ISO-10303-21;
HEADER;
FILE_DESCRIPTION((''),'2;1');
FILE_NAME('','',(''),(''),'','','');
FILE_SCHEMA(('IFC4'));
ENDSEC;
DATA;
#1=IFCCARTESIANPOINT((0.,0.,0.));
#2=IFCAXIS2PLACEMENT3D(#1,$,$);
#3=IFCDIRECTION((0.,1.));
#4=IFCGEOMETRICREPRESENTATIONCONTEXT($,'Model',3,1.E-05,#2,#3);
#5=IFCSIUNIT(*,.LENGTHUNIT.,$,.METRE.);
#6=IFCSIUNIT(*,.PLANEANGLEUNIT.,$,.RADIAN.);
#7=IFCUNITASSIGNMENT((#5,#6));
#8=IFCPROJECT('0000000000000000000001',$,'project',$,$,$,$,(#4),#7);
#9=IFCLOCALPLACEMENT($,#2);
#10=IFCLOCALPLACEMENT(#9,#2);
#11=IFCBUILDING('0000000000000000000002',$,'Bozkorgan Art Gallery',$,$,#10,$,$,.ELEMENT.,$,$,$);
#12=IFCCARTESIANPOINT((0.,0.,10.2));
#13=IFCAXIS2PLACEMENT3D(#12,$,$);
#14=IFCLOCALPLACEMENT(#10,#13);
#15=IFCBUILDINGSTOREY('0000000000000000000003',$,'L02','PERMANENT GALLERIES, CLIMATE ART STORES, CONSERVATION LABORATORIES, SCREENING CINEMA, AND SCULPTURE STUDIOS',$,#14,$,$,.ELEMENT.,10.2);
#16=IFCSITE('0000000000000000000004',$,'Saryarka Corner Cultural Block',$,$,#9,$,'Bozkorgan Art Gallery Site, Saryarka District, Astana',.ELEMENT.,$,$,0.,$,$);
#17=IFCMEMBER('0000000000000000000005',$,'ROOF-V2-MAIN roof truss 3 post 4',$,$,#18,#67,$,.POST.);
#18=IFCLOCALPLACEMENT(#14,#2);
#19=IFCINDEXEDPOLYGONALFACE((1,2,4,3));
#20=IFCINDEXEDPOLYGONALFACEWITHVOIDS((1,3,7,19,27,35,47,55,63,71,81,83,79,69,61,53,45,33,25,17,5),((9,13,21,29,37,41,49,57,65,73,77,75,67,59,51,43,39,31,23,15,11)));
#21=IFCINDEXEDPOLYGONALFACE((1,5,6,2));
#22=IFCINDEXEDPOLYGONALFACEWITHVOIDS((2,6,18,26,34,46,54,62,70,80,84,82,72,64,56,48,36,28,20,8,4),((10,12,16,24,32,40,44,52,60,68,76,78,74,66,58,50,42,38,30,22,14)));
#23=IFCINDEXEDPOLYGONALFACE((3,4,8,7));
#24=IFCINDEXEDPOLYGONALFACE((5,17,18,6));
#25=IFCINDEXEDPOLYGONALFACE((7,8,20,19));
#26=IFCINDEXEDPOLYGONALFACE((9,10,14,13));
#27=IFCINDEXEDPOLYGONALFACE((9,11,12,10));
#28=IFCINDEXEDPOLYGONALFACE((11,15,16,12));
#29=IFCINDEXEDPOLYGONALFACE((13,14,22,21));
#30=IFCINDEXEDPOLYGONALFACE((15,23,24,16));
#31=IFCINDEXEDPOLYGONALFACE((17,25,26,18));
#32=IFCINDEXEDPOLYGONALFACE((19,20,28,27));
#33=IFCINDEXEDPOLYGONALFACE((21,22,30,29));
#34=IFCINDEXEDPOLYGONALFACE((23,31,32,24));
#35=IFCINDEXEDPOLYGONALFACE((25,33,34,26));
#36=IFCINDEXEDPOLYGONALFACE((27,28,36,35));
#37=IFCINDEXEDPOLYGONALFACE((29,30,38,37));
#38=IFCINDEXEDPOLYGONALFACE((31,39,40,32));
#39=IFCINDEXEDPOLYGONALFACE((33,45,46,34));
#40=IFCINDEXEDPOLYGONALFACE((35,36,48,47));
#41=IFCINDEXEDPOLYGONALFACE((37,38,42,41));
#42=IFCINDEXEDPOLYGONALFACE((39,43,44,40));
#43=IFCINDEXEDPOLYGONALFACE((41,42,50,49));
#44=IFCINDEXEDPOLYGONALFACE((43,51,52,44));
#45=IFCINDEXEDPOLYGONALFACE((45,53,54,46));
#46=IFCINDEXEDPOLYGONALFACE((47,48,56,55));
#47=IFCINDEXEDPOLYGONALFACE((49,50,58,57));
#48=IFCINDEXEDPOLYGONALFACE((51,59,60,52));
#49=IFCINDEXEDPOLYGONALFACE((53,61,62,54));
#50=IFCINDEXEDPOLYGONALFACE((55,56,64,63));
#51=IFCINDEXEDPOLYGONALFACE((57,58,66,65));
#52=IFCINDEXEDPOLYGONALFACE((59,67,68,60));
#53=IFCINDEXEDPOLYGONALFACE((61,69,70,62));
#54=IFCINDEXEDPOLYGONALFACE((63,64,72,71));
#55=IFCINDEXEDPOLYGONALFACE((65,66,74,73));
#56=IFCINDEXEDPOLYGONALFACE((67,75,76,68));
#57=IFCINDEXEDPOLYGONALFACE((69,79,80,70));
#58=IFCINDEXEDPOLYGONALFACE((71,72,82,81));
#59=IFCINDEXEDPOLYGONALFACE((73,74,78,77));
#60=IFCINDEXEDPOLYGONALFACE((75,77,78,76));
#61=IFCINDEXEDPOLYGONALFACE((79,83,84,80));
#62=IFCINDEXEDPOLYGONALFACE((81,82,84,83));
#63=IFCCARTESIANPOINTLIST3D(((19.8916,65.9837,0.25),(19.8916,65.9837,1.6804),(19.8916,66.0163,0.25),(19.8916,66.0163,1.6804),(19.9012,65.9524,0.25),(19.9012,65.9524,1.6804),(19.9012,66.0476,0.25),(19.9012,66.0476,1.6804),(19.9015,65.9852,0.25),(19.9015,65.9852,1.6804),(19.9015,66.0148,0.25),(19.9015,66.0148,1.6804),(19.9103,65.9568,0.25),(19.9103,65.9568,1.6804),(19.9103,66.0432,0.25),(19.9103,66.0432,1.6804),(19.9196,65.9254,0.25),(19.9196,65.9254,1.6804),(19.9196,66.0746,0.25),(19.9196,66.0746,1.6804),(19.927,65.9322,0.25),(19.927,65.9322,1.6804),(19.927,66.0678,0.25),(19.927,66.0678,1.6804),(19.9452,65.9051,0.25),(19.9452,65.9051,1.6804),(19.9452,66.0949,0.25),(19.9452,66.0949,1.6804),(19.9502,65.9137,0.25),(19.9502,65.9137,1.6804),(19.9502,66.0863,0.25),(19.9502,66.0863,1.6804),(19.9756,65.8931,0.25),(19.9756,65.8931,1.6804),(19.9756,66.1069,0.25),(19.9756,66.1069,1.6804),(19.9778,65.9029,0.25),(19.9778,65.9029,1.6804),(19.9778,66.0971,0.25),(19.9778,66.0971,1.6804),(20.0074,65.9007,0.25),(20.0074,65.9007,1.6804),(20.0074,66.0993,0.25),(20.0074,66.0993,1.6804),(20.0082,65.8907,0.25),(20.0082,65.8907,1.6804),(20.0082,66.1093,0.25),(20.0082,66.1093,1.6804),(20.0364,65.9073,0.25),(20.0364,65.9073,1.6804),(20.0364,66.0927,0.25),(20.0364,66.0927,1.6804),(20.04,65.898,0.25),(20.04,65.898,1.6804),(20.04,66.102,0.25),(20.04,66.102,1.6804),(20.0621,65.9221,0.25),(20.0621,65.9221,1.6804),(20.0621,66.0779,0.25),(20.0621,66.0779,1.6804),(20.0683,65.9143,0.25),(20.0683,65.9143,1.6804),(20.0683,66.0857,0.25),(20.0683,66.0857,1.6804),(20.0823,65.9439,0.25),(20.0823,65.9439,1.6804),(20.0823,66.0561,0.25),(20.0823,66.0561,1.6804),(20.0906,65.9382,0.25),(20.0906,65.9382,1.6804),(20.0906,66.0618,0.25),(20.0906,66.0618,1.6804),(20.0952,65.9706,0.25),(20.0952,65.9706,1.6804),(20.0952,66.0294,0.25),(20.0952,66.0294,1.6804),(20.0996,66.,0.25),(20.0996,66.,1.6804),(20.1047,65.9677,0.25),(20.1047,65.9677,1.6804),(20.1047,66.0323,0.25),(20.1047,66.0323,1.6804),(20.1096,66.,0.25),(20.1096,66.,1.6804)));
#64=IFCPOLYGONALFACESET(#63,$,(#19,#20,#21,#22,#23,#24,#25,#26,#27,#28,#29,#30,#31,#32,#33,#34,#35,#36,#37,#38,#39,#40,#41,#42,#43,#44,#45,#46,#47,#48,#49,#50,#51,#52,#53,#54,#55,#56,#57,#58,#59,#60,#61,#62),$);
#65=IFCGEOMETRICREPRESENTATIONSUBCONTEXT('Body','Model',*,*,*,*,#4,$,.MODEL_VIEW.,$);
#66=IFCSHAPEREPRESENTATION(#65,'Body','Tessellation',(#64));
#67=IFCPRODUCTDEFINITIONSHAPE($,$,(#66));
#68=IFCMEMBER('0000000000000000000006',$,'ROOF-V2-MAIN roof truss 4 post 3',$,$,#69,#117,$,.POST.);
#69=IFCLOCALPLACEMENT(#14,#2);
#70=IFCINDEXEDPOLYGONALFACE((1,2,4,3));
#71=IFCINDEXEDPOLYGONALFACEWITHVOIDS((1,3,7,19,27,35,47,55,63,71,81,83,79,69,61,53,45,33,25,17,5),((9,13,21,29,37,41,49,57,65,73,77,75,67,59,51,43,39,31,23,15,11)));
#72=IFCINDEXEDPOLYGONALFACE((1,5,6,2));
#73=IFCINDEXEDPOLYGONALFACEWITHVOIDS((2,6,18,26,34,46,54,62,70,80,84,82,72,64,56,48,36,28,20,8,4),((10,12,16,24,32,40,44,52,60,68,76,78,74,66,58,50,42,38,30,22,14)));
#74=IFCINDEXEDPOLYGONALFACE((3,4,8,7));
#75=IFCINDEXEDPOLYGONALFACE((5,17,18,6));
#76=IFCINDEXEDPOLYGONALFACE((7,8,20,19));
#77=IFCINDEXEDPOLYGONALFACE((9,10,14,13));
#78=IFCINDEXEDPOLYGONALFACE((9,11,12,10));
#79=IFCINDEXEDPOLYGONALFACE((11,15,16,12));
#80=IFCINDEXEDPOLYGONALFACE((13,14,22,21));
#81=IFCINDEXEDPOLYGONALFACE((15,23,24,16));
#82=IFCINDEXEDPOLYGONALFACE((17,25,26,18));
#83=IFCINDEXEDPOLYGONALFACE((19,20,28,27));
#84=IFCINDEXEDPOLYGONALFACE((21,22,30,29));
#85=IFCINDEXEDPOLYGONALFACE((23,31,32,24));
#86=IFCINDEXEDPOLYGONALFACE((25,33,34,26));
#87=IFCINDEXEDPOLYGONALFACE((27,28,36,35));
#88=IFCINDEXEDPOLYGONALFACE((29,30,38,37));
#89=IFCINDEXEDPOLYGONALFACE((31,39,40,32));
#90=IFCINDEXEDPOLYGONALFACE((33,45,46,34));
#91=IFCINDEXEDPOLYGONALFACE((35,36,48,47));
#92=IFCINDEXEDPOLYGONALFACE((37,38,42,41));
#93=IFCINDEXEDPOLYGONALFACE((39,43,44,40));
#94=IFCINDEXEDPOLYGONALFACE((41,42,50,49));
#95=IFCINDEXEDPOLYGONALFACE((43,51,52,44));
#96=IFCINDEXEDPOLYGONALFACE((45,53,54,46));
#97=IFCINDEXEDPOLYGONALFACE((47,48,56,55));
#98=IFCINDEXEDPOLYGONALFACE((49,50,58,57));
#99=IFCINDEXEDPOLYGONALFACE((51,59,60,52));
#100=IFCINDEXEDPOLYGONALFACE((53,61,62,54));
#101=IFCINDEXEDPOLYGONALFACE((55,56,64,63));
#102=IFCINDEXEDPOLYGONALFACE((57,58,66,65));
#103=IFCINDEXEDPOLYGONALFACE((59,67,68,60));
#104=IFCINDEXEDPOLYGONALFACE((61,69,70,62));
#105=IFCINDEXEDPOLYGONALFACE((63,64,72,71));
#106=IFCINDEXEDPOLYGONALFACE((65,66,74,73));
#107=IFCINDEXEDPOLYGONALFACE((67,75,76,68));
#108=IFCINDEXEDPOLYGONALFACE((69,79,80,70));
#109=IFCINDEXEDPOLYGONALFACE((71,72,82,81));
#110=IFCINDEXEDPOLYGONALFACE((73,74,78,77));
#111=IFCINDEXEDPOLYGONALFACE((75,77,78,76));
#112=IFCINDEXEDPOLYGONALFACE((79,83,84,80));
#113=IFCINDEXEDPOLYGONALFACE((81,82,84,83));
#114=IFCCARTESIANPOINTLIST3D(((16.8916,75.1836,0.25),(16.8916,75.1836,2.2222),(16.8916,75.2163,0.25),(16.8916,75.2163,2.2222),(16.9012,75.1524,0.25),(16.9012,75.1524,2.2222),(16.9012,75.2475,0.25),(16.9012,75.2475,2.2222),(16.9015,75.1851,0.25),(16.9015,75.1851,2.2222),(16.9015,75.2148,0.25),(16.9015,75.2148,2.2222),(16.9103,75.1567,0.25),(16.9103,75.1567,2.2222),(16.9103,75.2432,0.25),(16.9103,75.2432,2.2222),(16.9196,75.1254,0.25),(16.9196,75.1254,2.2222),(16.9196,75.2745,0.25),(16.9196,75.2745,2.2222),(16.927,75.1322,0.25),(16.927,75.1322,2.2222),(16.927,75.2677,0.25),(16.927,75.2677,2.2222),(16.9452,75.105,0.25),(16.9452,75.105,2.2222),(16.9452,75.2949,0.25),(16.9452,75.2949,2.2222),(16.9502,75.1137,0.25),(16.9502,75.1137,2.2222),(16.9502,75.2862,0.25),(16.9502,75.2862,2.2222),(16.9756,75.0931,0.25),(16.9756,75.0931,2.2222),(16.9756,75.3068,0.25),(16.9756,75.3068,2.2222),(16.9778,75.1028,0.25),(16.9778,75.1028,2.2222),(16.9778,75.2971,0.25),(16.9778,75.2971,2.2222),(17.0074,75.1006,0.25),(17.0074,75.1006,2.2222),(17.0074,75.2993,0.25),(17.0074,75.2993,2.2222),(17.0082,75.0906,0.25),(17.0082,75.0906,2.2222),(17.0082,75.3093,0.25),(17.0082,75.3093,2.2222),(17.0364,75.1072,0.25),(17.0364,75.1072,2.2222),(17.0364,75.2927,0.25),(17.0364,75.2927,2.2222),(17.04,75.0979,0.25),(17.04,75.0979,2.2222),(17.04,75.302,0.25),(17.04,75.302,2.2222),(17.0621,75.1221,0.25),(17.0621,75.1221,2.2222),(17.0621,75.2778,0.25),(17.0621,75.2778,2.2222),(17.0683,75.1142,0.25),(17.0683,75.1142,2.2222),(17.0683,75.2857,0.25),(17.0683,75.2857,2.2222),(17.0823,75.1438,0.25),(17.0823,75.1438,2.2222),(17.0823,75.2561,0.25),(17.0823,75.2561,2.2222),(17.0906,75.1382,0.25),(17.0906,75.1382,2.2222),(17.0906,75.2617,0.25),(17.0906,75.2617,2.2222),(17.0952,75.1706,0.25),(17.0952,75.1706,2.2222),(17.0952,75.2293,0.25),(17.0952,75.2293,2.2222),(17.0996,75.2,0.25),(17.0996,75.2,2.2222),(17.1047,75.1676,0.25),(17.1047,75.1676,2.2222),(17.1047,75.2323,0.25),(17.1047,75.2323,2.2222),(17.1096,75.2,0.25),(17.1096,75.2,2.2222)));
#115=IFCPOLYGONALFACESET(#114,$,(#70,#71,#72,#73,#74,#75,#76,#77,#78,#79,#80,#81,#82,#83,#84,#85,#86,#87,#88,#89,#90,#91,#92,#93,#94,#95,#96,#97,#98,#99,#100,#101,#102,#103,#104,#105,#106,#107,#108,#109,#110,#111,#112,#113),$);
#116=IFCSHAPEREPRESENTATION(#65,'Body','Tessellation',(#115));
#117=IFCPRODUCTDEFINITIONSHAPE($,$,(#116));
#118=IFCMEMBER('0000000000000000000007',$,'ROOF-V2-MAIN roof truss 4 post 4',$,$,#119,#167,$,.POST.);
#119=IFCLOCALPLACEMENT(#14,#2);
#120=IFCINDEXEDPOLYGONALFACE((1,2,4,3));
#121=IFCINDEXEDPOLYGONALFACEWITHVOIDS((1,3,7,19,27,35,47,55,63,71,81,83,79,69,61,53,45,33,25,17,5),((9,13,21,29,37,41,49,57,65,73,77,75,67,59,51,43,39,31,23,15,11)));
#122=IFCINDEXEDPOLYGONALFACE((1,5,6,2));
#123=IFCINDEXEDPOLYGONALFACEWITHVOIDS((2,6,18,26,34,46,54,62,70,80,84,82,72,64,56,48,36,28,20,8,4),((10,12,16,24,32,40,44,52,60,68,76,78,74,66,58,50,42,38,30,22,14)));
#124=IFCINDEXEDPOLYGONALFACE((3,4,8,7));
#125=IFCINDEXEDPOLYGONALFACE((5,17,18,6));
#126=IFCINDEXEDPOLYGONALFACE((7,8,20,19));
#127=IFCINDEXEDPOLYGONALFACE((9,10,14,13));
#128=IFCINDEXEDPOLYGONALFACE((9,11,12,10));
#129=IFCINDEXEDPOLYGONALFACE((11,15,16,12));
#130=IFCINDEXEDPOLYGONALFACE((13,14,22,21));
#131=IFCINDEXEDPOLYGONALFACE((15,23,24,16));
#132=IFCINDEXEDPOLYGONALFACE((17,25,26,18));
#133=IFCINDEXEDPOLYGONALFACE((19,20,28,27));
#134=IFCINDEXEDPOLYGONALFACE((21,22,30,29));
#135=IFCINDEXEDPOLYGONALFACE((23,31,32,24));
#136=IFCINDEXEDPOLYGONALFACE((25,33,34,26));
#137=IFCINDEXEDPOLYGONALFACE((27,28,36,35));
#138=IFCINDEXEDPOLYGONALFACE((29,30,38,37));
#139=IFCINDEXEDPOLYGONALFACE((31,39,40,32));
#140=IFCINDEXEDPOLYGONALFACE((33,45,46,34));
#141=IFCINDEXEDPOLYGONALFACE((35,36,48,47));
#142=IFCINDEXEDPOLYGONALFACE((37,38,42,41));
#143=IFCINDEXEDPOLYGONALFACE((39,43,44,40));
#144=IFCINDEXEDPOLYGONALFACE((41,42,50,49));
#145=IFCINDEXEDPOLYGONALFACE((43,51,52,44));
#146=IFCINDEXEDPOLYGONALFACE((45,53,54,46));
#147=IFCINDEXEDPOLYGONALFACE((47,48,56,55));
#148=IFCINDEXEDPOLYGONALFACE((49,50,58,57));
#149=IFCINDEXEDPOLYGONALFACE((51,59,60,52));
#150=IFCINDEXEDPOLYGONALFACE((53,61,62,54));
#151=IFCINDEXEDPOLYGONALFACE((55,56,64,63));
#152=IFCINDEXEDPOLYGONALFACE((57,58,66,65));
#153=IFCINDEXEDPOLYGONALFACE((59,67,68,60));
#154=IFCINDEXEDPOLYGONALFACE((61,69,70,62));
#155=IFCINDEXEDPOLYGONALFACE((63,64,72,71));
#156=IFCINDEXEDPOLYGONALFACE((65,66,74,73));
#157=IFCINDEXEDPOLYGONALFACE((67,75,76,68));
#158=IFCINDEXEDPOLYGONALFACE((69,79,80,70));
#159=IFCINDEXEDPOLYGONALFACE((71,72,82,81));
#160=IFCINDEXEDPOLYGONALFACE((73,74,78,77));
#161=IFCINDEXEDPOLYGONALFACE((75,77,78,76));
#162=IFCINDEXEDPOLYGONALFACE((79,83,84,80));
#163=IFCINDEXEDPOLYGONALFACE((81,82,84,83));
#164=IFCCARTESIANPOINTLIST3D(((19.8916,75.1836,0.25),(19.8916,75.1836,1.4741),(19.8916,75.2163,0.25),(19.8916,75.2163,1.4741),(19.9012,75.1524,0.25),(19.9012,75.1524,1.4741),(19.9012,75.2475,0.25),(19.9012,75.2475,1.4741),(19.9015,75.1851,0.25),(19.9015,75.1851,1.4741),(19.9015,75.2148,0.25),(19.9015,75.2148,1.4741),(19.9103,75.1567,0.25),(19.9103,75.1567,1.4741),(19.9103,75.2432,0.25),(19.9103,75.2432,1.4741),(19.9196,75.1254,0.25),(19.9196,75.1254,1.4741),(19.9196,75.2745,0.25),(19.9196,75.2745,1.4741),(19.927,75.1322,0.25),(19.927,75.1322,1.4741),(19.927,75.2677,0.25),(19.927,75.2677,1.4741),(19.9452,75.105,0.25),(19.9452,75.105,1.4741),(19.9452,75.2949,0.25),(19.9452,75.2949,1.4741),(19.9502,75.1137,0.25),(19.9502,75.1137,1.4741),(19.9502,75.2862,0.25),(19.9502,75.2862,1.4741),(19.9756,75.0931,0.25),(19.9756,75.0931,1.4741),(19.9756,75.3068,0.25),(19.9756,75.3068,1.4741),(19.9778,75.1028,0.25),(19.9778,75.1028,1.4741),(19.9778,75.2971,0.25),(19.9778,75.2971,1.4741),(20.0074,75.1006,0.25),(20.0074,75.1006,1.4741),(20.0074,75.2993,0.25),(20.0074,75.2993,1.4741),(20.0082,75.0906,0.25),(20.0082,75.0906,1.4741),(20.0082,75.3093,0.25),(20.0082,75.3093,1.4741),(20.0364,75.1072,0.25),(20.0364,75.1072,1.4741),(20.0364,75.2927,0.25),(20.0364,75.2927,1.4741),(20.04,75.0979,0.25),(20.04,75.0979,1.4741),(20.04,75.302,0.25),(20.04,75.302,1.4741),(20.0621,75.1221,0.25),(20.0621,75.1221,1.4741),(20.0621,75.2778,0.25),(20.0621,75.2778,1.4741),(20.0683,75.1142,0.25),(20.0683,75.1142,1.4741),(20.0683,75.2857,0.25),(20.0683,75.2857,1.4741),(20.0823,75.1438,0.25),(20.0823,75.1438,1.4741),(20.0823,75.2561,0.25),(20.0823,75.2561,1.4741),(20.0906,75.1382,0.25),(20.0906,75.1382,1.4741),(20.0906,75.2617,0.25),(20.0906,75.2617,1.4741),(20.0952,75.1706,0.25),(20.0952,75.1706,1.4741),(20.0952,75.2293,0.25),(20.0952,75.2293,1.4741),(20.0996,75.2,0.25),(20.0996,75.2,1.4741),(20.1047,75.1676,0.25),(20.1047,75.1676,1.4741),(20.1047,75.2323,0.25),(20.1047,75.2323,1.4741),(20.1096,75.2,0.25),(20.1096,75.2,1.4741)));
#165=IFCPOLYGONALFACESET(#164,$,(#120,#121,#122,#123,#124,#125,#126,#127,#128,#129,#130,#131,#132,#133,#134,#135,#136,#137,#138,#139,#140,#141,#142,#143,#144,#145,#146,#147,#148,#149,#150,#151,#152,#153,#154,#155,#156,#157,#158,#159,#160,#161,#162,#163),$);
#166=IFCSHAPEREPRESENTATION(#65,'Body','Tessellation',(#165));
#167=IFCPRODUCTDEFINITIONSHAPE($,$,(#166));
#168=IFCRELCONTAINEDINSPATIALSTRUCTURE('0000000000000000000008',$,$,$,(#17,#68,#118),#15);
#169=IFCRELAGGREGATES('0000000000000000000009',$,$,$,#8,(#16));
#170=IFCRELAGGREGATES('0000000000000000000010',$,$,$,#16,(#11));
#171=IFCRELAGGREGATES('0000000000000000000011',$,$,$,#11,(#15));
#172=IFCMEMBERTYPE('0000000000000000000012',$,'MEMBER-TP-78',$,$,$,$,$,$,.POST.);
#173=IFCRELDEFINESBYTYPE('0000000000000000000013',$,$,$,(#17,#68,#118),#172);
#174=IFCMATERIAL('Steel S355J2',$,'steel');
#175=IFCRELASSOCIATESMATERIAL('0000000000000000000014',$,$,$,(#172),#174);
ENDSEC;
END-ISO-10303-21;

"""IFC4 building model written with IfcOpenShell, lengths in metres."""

from ifc_helpers import new_model, si_unit, direction, frame, origin, origin_2d, place, context, subcontext, project, spatial, hollow_circle, extrude, material, material_profile, profile_set, type_object, element, save


model = new_model("IFC4")

# Units and contexts
model_context = context("Model", 3, precision=1e-05, world=origin(), true_north=direction((0.0, 1.0)))
body_context = subcontext(model_context, "Body", "Model", "MODEL_VIEW")
ifc_project = project(units=[si_unit("LENGTHUNIT", "METRE"), si_unit("PLANEANGLEUNIT", "RADIAN")], contexts=[model_context])

# Site, building, storey
site_placement = place(None, origin())
site = spatial("IfcSite", under=ifc_project, at=site_placement, Name="Saryarka Corner Cultural Block", LongName="Bozkorgan Art Gallery Site, Saryarka District, Astana", CompositionType="ELEMENT", RefElevation=0.0)
building_placement = place(site_placement, origin())
building = spatial("IfcBuilding", under=site, at=building_placement, Name="Bozkorgan Art Gallery", CompositionType="ELEMENT")
storey_placement = place(building_placement, frame((0.0, 0.0, 10.2)))
storey = spatial("IfcBuildingStorey", under=building, at=storey_placement, Name="L02", Description="PERMANENT GALLERIES, CLIMATE ART STORES, CONSERVATION LABORATORIES, SCREENING CINEMA, AND SCULPTURE STUDIOS", CompositionType="ELEMENT", Elevation=10.2)

# Members
ifc_material = material(Name="Steel S355J2", Category="steel")
ifc_material_profile_1 = material_profile(ifc_material, hollow_circle(Radius=0.1096, WallThickness=0.01, at=origin_2d()), Name="CHS 219.1x10")
ifc_profile_set_1 = profile_set([ifc_material_profile_1], Name="Steel S355J2")
member_type_1 = type_object("IfcMemberType", Name="MEMBER-TP-78", PredefinedType="POST", material=ifc_profile_set_1)
member_1_placement = place(storey_placement, frame((20.0, 66.0, 0.25), z_axis=(0.0, 0.0, 1.0), x_axis=(1.0, 0.0, 0.0)))
element("IfcMember", 1, at=member_1_placement, inside=storey, type_object=member_type_1, Name="ROOF-V2-MAIN roof truss 3 post 4", PredefinedType="POST", context=body_context, shape_type="SweptSolid", body=[
    extrude(hollow_circle(Radius=0.1096, WallThickness=0.01, at=origin_2d()), origin(), (0.0, 0.0, 1.0), 1.4304),
])
member_2_placement = place(storey_placement, frame((17.0, 75.2, 0.25), z_axis=(0.0, 0.0, 1.0), x_axis=(1.0, 0.0, 0.0)))
element("IfcMember", 2, at=member_2_placement, inside=storey, type_object=member_type_1, Name="ROOF-V2-MAIN roof truss 4 post 3", PredefinedType="POST", context=body_context, shape_type="SweptSolid", body=[
    extrude(hollow_circle(Radius=0.1096, WallThickness=0.01, at=origin_2d()), origin(), (0.0, 0.0, 1.0), 1.9722),
])
member_3_placement = place(storey_placement, frame((20.0, 75.2, 0.25), z_axis=(0.0, 0.0, 1.0), x_axis=(1.0, 0.0, 0.0)))
element("IfcMember", 3, at=member_3_placement, inside=storey, type_object=member_type_1, Name="ROOF-V2-MAIN roof truss 4 post 4", PredefinedType="POST", context=body_context, shape_type="SweptSolid", body=[
    extrude(hollow_circle(Radius=0.1096, WallThickness=0.01, at=origin_2d()), origin(), (0.0, 0.0, 1.0), 1.2241),
])

save(model, "model.ifc")
